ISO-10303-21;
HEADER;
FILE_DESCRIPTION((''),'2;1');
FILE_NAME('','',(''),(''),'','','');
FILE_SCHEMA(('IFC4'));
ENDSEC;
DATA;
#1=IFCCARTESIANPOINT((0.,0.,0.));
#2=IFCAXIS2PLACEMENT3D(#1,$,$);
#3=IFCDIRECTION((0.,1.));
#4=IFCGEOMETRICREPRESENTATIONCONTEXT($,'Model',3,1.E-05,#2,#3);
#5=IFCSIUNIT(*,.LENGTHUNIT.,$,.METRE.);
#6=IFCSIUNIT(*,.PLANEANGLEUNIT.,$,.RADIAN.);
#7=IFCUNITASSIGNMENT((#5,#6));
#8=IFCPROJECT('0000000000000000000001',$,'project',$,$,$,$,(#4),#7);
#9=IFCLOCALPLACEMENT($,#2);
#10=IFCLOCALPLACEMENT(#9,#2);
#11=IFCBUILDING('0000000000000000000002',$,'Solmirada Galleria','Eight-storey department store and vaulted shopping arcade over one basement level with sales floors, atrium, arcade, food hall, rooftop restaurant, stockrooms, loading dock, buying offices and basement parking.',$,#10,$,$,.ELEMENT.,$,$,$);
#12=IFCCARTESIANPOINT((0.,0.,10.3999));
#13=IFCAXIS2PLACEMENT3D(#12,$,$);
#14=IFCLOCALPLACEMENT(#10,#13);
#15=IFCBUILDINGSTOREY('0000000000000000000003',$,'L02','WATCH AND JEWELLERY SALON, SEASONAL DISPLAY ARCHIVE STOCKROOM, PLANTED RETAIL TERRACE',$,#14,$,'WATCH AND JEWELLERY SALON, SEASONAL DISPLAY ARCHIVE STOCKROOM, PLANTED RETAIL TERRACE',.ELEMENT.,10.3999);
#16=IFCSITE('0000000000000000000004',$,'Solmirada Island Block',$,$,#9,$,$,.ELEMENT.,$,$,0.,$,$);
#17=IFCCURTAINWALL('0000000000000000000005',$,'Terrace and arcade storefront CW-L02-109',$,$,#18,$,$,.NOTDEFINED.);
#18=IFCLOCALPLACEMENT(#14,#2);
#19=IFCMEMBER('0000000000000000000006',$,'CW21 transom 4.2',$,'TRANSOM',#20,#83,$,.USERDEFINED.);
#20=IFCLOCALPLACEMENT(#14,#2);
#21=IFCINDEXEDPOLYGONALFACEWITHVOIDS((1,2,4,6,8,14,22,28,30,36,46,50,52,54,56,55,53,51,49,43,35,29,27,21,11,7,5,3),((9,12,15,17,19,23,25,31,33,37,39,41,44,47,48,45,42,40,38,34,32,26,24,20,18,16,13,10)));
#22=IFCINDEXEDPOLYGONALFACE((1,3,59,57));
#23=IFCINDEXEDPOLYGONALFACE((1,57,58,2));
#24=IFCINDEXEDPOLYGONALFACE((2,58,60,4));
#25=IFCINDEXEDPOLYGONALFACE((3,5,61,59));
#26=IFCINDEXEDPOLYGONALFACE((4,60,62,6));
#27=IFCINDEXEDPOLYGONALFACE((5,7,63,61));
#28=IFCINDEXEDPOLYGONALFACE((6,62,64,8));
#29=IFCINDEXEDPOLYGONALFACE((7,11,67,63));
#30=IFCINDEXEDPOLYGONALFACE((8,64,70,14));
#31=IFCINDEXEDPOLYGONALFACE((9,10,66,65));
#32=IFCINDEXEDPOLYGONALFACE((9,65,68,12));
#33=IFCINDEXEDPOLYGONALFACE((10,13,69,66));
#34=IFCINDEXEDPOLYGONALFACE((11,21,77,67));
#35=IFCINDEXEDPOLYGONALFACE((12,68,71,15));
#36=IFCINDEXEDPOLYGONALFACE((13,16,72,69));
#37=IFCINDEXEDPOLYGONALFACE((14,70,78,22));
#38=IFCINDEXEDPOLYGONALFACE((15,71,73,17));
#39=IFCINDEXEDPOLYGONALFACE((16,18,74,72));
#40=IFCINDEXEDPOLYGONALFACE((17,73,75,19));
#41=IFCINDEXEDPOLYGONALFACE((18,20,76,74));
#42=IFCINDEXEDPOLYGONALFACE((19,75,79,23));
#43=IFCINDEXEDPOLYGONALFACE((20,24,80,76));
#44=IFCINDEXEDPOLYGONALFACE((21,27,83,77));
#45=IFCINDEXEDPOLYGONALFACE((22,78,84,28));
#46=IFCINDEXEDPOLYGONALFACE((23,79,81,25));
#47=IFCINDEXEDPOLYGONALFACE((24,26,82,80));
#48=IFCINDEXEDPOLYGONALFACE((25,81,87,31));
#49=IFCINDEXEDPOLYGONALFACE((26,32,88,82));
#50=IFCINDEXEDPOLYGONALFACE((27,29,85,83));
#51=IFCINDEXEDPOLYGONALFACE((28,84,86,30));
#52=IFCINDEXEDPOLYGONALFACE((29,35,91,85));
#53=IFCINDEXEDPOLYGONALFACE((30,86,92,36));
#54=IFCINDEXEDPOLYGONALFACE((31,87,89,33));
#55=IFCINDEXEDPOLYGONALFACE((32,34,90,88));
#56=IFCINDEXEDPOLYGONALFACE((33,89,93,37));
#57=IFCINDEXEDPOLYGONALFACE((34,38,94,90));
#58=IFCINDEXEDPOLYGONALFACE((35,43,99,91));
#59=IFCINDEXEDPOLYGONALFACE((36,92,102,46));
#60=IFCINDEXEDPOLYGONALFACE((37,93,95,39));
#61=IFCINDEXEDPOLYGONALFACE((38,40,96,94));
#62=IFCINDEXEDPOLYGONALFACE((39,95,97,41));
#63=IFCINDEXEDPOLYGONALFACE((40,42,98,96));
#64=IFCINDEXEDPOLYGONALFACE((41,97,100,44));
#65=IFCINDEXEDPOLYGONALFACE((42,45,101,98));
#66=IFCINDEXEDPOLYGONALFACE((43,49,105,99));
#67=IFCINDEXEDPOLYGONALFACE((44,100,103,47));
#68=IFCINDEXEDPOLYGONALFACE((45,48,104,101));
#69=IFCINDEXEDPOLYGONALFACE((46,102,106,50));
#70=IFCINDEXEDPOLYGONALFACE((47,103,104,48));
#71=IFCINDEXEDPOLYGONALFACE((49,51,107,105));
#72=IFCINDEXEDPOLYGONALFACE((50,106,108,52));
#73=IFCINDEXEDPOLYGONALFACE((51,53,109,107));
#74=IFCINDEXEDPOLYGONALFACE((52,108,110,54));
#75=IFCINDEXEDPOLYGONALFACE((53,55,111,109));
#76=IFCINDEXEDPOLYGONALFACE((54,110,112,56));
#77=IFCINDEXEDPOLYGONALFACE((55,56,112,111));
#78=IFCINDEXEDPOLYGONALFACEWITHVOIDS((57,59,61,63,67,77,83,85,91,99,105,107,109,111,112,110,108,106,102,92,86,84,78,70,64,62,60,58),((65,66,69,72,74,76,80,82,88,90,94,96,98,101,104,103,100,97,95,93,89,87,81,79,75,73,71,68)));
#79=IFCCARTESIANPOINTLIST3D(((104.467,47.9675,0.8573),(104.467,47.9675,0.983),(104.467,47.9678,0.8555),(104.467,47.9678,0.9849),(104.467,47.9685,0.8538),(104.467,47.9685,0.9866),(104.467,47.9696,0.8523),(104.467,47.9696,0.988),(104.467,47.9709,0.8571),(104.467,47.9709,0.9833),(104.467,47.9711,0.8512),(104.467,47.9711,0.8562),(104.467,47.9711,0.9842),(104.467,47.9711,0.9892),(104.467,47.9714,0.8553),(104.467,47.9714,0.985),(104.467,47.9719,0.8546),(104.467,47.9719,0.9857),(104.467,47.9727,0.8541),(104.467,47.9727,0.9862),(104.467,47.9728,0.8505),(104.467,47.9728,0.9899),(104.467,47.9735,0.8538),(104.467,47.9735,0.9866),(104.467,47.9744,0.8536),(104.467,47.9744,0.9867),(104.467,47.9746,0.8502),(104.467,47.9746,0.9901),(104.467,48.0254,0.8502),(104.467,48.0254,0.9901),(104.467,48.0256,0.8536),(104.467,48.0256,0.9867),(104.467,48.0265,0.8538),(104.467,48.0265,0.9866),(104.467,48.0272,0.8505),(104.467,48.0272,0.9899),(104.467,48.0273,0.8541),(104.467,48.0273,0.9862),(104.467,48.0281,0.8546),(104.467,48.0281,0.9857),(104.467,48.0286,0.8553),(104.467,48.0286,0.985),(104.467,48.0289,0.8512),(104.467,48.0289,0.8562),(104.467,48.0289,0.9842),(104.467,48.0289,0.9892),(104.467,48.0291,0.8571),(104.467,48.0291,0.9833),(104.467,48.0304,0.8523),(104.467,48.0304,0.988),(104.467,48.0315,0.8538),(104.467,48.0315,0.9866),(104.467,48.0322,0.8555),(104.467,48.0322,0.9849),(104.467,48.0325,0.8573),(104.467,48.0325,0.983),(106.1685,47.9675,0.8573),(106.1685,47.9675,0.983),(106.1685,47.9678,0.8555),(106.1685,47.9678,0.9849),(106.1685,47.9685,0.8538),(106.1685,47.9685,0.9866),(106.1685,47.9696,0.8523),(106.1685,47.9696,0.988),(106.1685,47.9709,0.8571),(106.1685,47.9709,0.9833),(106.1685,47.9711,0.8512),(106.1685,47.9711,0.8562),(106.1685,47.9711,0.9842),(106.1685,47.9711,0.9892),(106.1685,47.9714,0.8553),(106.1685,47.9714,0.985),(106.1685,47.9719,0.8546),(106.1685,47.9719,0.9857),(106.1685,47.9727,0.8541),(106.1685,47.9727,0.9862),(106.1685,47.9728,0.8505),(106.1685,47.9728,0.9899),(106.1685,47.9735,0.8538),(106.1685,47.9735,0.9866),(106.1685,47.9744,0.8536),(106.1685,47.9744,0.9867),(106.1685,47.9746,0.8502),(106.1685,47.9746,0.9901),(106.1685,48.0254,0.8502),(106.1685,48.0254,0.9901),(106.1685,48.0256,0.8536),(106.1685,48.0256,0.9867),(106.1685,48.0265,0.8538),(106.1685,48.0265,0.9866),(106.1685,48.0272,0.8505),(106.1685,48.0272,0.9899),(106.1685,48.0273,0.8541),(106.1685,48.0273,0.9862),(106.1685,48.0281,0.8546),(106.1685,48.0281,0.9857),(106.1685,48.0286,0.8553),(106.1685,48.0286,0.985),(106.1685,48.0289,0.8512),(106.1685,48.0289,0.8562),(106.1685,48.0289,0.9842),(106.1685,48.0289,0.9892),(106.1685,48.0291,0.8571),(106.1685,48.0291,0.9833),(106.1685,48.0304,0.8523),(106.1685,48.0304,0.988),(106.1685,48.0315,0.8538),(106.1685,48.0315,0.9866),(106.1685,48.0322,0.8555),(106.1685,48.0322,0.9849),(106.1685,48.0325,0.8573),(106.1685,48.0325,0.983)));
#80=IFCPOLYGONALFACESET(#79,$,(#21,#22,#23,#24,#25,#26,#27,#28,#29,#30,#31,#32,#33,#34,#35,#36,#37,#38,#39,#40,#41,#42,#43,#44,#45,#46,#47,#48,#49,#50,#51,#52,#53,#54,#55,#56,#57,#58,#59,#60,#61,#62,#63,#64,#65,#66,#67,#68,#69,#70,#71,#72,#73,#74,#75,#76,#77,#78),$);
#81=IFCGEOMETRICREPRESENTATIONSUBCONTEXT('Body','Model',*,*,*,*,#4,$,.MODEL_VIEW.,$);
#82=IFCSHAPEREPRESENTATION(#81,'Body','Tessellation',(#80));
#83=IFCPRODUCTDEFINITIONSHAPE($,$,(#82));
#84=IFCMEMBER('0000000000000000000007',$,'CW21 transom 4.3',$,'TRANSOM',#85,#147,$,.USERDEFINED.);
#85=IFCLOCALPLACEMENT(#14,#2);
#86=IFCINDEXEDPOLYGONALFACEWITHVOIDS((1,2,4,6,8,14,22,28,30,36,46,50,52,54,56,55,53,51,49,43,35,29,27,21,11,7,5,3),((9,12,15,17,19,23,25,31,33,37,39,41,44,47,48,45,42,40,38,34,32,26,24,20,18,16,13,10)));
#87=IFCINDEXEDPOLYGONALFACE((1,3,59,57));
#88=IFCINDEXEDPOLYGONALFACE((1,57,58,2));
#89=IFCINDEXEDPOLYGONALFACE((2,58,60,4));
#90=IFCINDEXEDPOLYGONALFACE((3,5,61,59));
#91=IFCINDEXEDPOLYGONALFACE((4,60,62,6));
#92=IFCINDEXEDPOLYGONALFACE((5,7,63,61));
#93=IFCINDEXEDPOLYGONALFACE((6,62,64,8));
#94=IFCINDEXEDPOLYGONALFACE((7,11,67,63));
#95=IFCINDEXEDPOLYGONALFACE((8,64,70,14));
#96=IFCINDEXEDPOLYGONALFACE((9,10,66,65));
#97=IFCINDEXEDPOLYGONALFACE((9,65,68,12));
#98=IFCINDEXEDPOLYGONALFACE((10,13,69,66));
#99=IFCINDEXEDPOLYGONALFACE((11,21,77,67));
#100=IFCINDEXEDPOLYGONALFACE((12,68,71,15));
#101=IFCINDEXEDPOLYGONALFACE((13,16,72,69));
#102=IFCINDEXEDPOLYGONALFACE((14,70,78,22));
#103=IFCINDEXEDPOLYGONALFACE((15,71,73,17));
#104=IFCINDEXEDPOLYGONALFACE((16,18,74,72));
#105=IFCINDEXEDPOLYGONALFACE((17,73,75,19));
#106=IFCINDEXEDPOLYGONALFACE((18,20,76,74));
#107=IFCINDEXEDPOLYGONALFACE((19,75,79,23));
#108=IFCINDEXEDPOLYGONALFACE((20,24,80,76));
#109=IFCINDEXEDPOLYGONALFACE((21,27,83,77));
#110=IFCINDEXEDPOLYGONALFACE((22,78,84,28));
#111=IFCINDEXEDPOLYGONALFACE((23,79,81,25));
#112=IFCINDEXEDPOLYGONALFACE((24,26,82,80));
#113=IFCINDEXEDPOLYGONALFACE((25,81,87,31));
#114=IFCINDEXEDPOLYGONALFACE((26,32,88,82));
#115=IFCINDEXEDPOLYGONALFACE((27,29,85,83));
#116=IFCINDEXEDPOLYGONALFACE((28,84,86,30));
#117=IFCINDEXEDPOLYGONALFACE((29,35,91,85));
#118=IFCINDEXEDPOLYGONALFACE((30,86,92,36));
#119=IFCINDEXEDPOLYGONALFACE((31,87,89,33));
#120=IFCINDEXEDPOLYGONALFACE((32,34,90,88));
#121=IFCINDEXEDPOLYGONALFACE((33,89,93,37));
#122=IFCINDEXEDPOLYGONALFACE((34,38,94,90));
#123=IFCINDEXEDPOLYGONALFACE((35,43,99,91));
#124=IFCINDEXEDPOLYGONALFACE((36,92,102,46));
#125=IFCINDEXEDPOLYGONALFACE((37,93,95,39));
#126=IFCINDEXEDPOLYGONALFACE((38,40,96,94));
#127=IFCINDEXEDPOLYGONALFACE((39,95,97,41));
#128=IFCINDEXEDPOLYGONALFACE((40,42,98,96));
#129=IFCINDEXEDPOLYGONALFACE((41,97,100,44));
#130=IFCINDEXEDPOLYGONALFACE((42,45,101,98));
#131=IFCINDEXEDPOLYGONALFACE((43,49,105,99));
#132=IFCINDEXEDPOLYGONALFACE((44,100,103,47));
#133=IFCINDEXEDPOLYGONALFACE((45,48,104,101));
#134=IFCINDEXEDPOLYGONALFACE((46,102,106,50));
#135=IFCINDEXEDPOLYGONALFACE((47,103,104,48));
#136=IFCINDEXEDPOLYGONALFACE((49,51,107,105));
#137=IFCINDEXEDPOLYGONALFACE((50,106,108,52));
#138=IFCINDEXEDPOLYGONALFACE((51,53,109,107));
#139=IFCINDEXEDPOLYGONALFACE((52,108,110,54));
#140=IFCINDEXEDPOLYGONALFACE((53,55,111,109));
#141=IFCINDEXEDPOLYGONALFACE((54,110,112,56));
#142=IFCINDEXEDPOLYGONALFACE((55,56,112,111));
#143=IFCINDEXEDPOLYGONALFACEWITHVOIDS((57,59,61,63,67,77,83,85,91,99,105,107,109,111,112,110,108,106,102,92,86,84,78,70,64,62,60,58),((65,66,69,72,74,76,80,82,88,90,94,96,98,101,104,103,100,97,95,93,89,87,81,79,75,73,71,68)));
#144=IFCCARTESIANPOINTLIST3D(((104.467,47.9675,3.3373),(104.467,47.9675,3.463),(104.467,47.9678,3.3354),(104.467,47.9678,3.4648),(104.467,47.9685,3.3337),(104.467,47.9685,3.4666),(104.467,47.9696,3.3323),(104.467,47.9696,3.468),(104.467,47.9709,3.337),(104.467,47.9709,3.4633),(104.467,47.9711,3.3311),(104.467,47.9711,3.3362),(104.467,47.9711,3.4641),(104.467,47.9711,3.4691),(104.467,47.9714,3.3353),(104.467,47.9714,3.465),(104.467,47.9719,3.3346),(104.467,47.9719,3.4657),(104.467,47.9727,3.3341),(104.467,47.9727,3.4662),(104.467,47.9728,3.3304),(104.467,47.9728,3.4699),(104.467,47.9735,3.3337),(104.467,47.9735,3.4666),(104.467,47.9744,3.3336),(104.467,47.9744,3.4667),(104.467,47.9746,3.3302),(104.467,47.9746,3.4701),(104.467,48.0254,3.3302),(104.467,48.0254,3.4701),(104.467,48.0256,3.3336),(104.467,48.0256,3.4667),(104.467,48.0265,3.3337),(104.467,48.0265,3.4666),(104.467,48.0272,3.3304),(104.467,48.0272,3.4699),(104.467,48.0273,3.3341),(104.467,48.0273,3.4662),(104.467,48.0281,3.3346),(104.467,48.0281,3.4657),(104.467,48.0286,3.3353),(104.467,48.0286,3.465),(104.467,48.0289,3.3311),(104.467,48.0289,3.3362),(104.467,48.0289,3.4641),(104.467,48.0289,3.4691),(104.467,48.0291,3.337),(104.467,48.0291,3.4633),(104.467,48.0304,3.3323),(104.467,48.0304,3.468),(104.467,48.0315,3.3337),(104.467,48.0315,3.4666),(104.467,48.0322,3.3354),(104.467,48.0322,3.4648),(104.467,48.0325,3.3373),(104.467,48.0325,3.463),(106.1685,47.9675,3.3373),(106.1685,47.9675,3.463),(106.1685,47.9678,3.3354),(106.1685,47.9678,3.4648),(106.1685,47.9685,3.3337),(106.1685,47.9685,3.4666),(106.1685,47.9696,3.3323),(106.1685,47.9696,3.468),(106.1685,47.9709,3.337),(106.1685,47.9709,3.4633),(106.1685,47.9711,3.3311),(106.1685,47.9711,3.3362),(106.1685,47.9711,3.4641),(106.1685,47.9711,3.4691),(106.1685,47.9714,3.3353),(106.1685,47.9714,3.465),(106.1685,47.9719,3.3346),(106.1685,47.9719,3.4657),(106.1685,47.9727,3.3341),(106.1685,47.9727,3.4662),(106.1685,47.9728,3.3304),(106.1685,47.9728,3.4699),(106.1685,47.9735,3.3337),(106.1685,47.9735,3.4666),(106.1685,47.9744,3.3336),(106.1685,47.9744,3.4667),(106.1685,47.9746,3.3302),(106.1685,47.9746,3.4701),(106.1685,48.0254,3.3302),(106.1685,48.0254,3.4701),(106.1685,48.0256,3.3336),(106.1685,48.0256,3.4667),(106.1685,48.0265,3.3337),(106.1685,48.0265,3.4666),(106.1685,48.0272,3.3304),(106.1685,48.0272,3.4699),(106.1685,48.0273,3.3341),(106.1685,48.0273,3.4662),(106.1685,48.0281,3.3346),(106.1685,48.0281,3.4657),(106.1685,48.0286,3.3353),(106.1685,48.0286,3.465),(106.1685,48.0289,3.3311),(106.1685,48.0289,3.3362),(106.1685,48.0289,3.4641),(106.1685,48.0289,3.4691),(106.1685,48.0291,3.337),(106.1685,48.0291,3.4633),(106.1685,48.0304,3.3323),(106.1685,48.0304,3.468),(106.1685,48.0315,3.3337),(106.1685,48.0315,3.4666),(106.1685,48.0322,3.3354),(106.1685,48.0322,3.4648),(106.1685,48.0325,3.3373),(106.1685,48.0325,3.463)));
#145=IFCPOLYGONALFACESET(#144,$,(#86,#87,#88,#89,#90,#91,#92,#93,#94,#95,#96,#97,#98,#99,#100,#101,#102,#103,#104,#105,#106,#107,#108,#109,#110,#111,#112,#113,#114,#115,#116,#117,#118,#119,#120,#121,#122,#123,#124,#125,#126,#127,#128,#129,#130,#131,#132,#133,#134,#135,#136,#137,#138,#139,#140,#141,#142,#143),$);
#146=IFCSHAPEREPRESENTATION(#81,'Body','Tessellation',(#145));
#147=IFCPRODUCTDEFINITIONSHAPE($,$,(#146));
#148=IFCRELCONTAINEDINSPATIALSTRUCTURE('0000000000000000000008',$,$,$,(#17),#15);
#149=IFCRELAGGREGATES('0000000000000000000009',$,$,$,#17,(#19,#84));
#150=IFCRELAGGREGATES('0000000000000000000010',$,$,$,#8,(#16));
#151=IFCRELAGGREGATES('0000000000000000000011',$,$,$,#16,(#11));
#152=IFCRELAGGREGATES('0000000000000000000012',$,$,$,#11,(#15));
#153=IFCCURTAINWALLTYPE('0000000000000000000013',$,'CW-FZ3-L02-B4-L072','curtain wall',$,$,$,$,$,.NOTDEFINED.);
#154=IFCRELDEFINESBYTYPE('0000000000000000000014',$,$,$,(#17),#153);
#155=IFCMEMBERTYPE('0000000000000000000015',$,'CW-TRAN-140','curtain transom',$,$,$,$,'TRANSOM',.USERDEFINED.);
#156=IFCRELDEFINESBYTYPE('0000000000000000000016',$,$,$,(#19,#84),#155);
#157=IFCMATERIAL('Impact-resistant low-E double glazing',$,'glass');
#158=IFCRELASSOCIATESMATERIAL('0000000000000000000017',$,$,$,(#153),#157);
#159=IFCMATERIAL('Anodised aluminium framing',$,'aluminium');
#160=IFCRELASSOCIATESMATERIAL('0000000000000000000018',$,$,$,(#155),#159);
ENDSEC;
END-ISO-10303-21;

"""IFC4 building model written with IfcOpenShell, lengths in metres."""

from ifc_helpers import new_model, si_unit, direction, frame, origin, origin_2d, place, context, subcontext, project, spatial, hollow_rectangle, extrude, material, material_profile, profile_set, type_object, element, aggregate, save


model = new_model("IFC4")

# Units and contexts
model_context = context("Model", 3, precision=1e-05, world=origin(), true_north=direction((0.0, 1.0)))
body_context = subcontext(model_context, "Body", "Model", "MODEL_VIEW")
ifc_project = project(units=[si_unit("LENGTHUNIT", "METRE"), si_unit("PLANEANGLEUNIT", "RADIAN")], contexts=[model_context])

# Site, building, storey
site_placement = place(None, origin())
site = spatial("IfcSite", under=ifc_project, at=site_placement, Name="Solmirada Island Block", CompositionType="ELEMENT", RefElevation=0.0)
building_placement = place(site_placement, origin())
building = spatial("IfcBuilding", under=site, at=building_placement, Name="Solmirada Galleria", Description="Eight-storey department store and vaulted shopping arcade over one basement level with sales floors, atrium, arcade, food hall, rooftop restaurant, stockrooms, loading dock, buying offices and basement parking.", CompositionType="ELEMENT")
storey_placement = place(building_placement, frame((0.0, 0.0, 10.3999)))
storey = spatial("IfcBuildingStorey", under=building, at=storey_placement, Name="L02", Description="WATCH AND JEWELLERY SALON, SEASONAL DISPLAY ARCHIVE STOCKROOM, PLANTED RETAIL TERRACE", LongName="WATCH AND JEWELLERY SALON, SEASONAL DISPLAY ARCHIVE STOCKROOM, PLANTED RETAIL TERRACE", CompositionType="ELEMENT", Elevation=10.3999)

# Curtain wall
ifc_material_1 = material(Name="Impact-resistant low-E double glazing", Category="glass")
curtain_wall_type = type_object("IfcCurtainWallType", Name="CW-FZ3-L02-B4-L072", Description="curtain wall", PredefinedType="NOTDEFINED", material=ifc_material_1)
curtain_wall_1_placement = place(storey_placement, origin())
curtain_wall_1 = element("IfcCurtainWall", 1, at=curtain_wall_1_placement, inside=storey, type_object=curtain_wall_type, Name="Terrace and arcade storefront CW-L02-109", PredefinedType="NOTDEFINED")
ifc_material_2 = material(Name="Anodised aluminium framing", Category="aluminium")

# Members
ifc_material_profile_1 = material_profile(ifc_material_2, hollow_rectangle(XDim=0.0649, YDim=0.1399, WallThickness=0.0034, InnerFilletRadius=0.0034, OuterFilletRadius=0.0071, at=origin_2d()), Name="ALU-TRAN-140X65")
ifc_profile_set_1 = profile_set([ifc_material_profile_1], Name="Anodised aluminium framing")
member_type_1 = type_object("IfcMemberType", Name="CW-TRAN-140", Description="curtain transom", ElementType="TRANSOM", PredefinedType="USERDEFINED", material=ifc_profile_set_1)
member_1_placement = place(storey_placement, frame((106.1685, 48.0, 0.9202), z_axis=(-1.0, 0.0, 0.0), x_axis=(0.0, -1.0, 0.0)))
member_1 = element("IfcMember", 2, at=member_1_placement, type_object=member_type_1, Name="CW21 transom 4.2", ObjectType="TRANSOM", PredefinedType="USERDEFINED", context=body_context, shape_type="SweptSolid", body=[
    extrude(hollow_rectangle(XDim=0.0649, YDim=0.1399, WallThickness=0.0034, InnerFilletRadius=0.0034, OuterFilletRadius=0.0071, at=origin_2d()), origin(), (0.0, 0.0, 1.0), 1.7014),
])
member_2_placement = place(storey_placement, frame((106.1685, 48.0, 3.4001), z_axis=(-1.0, 0.0, 0.0), x_axis=(0.0, -1.0, 0.0)))
member_2 = element("IfcMember", 3, at=member_2_placement, type_object=member_type_1, Name="CW21 transom 4.3", ObjectType="TRANSOM", PredefinedType="USERDEFINED", context=body_context, shape_type="SweptSolid", body=[
    extrude(hollow_rectangle(XDim=0.0649, YDim=0.1399, WallThickness=0.0034, InnerFilletRadius=0.0034, OuterFilletRadius=0.0071, at=origin_2d()), origin(), (0.0, 0.0, 1.0), 1.7014),
])

aggregate(curtain_wall_1, [member_1, member_2])

save(model, "model.ifc")
